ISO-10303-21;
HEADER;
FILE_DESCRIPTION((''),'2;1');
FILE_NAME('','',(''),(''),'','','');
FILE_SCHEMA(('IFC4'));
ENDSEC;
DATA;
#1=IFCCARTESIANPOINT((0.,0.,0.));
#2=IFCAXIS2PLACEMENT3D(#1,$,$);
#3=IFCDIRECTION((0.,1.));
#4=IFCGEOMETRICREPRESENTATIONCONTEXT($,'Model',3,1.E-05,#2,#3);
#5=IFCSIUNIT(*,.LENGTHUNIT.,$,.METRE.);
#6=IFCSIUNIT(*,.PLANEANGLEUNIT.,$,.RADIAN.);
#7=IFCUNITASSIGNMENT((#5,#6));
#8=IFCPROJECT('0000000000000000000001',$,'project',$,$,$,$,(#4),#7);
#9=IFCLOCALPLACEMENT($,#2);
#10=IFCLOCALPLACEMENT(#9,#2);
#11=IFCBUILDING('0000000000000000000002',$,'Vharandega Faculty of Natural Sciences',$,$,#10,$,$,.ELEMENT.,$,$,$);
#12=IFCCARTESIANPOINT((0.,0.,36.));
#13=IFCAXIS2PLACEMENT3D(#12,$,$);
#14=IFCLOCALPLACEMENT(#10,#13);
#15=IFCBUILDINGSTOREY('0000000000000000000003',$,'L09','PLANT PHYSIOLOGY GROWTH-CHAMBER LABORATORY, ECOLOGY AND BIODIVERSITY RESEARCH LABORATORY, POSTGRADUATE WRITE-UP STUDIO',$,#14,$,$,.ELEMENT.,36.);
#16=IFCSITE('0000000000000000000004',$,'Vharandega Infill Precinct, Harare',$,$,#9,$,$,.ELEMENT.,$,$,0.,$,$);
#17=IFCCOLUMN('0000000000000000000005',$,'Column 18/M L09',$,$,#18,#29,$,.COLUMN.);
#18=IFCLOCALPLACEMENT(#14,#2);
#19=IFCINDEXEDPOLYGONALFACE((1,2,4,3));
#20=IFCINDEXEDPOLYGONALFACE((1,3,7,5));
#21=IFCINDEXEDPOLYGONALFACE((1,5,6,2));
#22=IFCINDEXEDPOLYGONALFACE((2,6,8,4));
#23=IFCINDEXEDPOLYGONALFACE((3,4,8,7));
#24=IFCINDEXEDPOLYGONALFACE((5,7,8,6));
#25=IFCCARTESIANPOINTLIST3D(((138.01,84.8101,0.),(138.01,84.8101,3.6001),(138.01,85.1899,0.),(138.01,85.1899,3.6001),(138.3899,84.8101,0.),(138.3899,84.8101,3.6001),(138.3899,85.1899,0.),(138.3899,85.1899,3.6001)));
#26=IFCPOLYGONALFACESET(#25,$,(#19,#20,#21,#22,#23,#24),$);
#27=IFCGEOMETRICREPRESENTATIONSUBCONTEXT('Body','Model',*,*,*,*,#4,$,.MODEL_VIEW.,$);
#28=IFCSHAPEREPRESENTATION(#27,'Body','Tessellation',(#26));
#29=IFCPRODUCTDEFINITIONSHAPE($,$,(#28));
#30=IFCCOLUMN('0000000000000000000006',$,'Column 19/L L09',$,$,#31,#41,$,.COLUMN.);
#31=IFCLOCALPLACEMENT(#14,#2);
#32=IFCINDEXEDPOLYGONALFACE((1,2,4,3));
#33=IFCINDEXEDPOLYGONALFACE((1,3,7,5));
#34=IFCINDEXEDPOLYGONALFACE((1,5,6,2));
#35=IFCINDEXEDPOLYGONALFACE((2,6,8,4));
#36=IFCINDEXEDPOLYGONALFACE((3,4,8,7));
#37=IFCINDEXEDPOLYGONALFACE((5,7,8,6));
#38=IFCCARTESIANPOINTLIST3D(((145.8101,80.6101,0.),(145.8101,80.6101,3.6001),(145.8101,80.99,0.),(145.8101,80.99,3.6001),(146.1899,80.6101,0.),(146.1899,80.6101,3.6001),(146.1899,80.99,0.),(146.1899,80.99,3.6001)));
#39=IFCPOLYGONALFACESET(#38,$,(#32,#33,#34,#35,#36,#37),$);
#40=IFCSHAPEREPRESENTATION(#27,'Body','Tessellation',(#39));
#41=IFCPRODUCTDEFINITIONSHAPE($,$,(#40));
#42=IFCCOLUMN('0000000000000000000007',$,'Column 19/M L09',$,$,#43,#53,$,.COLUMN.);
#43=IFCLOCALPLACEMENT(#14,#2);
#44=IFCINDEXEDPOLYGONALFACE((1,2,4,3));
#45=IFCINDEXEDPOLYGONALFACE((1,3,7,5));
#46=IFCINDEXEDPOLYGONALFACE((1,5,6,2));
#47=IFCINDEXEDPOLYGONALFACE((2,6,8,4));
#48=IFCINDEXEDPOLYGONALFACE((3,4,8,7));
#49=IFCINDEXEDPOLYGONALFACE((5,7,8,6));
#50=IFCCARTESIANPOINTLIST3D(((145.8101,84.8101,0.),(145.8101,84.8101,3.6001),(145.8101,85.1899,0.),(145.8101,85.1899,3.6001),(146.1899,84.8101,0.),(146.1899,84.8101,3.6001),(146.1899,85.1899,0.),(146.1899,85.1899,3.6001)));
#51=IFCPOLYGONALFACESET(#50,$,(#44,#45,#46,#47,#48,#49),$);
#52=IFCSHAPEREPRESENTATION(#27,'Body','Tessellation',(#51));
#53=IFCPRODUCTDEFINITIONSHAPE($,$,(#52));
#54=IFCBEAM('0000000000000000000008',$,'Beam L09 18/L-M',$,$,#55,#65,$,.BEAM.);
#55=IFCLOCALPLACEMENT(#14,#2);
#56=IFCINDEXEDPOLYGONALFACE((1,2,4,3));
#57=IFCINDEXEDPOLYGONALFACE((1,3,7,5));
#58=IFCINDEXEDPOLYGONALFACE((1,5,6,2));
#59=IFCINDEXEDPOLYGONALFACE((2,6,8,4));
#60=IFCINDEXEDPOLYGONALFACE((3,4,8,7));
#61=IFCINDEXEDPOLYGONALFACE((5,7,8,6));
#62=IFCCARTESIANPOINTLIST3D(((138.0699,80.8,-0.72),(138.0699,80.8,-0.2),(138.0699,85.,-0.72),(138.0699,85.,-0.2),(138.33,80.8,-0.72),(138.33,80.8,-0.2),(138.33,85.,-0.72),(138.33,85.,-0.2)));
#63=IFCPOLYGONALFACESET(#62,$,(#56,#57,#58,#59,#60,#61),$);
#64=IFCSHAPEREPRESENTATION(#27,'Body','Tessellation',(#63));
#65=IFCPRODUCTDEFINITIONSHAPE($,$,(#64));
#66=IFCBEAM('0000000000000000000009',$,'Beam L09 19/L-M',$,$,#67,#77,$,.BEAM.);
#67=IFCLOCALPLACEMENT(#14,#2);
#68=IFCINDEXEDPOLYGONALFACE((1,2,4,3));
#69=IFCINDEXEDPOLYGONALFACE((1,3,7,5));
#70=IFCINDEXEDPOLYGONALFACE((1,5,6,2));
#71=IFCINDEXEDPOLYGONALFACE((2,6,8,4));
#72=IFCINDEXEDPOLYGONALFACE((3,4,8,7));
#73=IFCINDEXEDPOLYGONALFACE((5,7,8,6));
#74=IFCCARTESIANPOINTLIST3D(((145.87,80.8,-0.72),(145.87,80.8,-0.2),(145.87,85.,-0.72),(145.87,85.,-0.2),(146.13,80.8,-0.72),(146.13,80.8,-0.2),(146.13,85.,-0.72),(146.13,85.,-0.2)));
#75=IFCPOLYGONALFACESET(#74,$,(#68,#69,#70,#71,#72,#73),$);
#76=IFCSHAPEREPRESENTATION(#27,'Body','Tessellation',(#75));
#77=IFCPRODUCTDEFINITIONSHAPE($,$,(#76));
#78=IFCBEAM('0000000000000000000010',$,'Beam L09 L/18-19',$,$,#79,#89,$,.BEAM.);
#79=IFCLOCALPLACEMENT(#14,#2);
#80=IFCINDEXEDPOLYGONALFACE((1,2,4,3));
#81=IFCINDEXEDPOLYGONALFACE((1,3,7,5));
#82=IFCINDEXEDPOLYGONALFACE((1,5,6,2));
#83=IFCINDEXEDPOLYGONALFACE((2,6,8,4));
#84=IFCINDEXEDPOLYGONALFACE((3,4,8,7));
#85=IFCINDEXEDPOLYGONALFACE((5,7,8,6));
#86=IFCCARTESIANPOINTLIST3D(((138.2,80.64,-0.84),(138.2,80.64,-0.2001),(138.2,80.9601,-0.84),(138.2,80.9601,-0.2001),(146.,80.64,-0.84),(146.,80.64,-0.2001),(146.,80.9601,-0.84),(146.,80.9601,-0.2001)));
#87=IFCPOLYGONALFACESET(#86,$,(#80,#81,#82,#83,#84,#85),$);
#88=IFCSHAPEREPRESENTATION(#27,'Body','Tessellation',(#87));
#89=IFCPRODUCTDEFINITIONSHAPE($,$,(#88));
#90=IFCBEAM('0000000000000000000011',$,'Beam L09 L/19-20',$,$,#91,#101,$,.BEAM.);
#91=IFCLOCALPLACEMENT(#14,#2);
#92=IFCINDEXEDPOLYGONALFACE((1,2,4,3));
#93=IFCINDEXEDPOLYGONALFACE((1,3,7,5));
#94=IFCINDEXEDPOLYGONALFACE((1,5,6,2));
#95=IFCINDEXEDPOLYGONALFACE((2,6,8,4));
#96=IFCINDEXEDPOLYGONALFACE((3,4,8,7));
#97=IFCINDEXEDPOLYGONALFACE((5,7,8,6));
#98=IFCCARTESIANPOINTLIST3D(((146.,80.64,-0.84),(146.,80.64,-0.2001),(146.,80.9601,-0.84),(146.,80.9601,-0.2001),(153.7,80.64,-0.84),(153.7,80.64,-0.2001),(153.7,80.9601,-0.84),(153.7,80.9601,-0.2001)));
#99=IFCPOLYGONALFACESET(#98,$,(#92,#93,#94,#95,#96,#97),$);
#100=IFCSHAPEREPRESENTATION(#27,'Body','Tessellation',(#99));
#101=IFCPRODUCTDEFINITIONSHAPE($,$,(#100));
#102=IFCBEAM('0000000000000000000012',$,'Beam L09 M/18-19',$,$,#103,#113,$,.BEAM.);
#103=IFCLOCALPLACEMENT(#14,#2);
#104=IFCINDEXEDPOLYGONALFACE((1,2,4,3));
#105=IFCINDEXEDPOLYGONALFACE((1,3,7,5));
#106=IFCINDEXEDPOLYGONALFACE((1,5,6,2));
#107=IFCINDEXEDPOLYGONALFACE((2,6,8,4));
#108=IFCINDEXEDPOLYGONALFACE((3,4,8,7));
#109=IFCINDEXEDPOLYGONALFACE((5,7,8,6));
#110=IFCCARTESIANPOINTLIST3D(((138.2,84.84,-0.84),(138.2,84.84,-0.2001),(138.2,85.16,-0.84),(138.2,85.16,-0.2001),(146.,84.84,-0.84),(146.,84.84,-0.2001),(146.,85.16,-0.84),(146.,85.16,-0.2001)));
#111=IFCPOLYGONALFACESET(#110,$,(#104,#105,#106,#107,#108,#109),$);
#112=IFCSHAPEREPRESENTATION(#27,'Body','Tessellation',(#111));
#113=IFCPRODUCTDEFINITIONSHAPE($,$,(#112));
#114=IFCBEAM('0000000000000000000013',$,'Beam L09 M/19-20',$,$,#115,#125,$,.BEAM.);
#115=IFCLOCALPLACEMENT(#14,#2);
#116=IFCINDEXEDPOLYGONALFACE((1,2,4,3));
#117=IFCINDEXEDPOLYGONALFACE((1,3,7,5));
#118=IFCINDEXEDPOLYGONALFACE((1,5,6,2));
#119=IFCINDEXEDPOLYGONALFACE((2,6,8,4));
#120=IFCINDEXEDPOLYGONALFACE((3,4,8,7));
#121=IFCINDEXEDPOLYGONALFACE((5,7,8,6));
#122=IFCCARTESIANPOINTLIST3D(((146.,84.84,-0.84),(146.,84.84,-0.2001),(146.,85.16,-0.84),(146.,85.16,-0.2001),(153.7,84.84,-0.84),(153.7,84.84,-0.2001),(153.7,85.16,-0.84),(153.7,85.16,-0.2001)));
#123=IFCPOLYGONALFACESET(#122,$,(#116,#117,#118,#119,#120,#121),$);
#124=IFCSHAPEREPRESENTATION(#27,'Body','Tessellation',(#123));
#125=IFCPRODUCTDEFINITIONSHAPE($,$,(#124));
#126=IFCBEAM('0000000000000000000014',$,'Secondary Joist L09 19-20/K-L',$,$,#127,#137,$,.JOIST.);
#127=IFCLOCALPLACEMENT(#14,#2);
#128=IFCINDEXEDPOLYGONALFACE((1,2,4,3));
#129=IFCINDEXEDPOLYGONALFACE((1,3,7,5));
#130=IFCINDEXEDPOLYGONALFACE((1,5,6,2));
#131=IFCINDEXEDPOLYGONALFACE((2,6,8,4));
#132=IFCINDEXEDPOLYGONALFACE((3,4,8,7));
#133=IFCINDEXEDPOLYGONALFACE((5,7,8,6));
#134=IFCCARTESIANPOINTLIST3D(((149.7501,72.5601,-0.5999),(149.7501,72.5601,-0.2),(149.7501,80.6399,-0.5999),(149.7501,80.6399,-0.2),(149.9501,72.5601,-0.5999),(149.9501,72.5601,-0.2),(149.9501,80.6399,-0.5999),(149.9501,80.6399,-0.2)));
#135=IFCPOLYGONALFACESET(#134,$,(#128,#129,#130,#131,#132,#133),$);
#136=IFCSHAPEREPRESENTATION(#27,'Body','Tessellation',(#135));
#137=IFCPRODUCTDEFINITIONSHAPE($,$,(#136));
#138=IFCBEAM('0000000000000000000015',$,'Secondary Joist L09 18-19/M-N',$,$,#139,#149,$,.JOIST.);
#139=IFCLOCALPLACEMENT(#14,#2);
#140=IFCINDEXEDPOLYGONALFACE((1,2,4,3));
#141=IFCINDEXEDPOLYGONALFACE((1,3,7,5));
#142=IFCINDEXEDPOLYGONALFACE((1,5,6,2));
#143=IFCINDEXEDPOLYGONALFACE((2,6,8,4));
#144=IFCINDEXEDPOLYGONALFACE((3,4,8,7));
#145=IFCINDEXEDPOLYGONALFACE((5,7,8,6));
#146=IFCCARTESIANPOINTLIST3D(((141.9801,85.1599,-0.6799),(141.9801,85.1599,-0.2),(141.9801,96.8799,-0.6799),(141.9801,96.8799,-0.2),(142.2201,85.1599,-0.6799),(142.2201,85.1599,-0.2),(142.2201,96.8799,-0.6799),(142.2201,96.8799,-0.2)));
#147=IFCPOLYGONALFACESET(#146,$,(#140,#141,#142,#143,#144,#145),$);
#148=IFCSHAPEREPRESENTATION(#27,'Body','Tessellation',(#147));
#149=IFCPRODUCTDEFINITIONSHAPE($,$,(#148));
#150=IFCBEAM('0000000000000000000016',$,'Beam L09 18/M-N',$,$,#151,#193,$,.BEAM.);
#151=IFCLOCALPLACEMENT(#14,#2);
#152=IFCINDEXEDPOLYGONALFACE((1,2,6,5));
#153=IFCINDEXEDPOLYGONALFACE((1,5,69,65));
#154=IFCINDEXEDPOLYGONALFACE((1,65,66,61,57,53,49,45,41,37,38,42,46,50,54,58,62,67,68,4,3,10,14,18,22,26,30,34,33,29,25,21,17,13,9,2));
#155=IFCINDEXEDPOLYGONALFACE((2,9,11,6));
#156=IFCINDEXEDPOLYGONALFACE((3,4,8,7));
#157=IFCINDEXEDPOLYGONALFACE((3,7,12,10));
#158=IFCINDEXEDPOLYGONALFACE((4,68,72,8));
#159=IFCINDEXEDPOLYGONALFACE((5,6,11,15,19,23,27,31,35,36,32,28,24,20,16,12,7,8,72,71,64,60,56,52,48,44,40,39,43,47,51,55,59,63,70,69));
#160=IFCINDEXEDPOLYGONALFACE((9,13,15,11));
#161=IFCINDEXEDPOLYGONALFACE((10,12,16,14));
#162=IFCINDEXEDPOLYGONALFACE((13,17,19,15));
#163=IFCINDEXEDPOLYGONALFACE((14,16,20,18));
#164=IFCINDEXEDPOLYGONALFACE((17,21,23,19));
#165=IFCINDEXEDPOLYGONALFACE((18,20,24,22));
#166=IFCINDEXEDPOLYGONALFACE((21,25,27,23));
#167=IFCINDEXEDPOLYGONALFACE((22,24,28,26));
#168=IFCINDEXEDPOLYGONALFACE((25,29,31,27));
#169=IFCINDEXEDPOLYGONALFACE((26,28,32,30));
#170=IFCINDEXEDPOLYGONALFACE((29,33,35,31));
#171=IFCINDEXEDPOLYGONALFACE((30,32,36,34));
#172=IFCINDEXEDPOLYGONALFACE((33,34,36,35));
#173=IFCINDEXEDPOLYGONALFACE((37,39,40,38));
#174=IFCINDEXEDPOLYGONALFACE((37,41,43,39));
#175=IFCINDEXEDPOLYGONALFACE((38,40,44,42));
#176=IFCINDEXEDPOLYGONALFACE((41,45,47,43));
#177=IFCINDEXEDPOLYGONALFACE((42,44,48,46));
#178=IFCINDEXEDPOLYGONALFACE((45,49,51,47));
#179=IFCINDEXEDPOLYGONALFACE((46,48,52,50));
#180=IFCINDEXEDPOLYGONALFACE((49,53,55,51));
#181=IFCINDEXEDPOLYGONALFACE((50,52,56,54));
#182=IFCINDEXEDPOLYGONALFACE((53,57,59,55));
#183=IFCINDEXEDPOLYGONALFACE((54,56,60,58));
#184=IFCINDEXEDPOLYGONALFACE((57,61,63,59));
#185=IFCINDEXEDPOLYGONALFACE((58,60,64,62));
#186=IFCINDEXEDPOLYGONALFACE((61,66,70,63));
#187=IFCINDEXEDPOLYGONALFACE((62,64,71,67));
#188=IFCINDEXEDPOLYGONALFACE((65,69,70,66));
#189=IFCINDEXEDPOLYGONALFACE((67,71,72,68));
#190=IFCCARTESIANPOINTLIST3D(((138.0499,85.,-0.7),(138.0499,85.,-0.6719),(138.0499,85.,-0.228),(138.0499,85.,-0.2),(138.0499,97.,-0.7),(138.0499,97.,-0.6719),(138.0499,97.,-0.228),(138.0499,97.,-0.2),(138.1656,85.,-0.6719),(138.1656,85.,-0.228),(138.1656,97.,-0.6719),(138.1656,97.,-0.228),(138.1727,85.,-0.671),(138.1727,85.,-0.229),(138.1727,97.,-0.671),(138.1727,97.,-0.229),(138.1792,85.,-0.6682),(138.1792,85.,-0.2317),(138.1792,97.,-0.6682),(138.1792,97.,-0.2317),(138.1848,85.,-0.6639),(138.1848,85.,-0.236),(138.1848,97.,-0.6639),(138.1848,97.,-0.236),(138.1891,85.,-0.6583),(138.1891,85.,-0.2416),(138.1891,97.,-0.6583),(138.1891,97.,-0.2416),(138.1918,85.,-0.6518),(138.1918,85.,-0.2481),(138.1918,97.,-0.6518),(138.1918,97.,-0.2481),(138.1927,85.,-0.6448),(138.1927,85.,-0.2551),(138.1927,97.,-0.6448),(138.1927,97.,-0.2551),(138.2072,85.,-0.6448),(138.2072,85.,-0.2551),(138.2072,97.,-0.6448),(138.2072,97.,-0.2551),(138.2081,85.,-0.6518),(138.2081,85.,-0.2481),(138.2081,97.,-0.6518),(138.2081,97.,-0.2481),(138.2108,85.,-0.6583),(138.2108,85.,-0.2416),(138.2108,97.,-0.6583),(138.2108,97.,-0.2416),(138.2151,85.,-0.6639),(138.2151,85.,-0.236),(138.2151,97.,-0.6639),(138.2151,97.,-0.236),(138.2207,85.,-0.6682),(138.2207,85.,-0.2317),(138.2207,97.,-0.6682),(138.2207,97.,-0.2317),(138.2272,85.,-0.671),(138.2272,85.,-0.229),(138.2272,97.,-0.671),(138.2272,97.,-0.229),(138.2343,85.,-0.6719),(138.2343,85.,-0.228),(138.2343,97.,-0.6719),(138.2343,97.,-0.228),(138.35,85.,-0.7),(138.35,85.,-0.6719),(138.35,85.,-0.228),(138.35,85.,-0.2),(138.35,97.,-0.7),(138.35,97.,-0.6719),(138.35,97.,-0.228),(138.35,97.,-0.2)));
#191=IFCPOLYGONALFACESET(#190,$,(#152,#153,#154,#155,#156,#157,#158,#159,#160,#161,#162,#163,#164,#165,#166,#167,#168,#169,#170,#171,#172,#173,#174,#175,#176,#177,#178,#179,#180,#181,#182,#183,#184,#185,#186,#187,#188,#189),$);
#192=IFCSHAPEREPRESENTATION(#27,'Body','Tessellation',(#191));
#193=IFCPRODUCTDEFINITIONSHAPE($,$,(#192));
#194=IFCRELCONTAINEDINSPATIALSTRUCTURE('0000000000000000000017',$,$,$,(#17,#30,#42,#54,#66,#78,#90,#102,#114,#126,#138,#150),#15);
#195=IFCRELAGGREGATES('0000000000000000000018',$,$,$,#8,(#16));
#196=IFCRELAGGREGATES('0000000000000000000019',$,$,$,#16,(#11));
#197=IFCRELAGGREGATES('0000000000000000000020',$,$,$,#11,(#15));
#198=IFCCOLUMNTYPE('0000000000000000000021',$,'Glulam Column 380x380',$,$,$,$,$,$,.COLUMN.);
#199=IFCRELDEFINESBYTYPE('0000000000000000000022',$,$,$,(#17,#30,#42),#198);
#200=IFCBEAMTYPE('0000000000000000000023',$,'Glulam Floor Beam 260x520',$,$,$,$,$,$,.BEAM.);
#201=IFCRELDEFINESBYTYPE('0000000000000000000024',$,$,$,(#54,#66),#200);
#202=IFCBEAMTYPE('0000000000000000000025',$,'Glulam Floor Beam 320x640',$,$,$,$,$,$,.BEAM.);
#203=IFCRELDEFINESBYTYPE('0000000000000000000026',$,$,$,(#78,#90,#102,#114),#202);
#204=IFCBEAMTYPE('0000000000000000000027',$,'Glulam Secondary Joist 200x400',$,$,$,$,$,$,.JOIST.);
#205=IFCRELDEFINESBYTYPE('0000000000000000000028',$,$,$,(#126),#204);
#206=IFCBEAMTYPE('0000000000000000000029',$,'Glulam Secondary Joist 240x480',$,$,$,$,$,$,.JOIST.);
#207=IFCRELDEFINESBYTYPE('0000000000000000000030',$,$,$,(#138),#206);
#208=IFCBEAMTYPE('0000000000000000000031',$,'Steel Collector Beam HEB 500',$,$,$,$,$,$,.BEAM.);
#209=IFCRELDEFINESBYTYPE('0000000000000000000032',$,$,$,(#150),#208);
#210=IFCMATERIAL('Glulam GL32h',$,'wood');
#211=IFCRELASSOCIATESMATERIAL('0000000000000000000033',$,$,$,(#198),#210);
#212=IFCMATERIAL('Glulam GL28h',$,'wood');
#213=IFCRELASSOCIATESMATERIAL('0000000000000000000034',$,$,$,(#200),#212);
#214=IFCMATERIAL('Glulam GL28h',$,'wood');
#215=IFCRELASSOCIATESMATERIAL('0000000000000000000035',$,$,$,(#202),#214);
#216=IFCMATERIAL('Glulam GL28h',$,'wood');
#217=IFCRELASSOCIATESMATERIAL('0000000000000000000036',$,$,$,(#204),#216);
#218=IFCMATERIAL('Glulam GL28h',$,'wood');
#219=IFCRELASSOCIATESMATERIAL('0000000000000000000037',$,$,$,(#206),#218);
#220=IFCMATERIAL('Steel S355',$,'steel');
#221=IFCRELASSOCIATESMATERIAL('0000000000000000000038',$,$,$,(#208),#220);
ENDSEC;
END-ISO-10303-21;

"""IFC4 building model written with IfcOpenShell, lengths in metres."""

from ifc_helpers import new_model, si_unit, direction, frame, origin, origin_2d, place, context, subcontext, project, spatial, rectangle, i_section, extrude, material, material_profile, profile_set, type_object, element, save


model = new_model("IFC4")

# Units and contexts
model_context = context("Model", 3, precision=1e-05, world=origin(), true_north=direction((0.0, 1.0)))
body_context = subcontext(model_context, "Body", "Model", "MODEL_VIEW")
ifc_project = project(units=[si_unit("LENGTHUNIT", "METRE"), si_unit("PLANEANGLEUNIT", "RADIAN")], contexts=[model_context])

# Site, building, storey
site_placement = place(None, origin())
site = spatial("IfcSite", under=ifc_project, at=site_placement, Name="Vharandega Infill Precinct, Harare", CompositionType="ELEMENT", RefElevation=0.0)
building_placement = place(site_placement, origin())
building = spatial("IfcBuilding", under=site, at=building_placement, Name="Vharandega Faculty of Natural Sciences", CompositionType="ELEMENT")
storey_placement = place(building_placement, frame((0.0, 0.0, 36.0)))
storey = spatial("IfcBuildingStorey", under=building, at=storey_placement, Name="L09", Description="PLANT PHYSIOLOGY GROWTH-CHAMBER LABORATORY, ECOLOGY AND BIODIVERSITY RESEARCH LABORATORY, POSTGRADUATE WRITE-UP STUDIO", CompositionType="ELEMENT", Elevation=36.0)

# Columns
ifc_material_1 = material(Name="Glulam GL32h", Category="wood")
ifc_material_profile_1 = material_profile(ifc_material_1, rectangle(XDim=0.3799, YDim=0.3799, at=origin_2d()), Name="GL32h 380x380")
ifc_profile_set_1 = profile_set([ifc_material_profile_1], Name="Glulam GL32h")
column_type = type_object("IfcColumnType", Name="Glulam Column 380x380", PredefinedType="COLUMN", material=ifc_profile_set_1)
for number, where, z_axis, x_axis, name in (
    (1, (138.2, 85.0, 0.0), (0.0, 0.0, 1.0), (1.0, 0.0, 0.0), "Column 18/M L09"),
    (2, (146.0, 80.8, 0.0), (0.0, 0.0, 1.0), (1.0, 0.0, 0.0), "Column 19/L L09"),
    (3, (146.0, 85.0, 0.0), (0.0, 0.0, 1.0), (1.0, 0.0, 0.0), "Column 19/M L09"),
):
    element("IfcColumn", number, at=place(storey_placement, frame(where, z_axis=z_axis, x_axis=x_axis)), inside=storey, type_object=column_type, Name=name, PredefinedType="COLUMN", context=body_context, shape_type="SweptSolid", body=[
        extrude(rectangle(XDim=0.3799, YDim=0.3799, at=origin_2d()), origin(), (0.0, 0.0, 1.0), 3.6001),
    ])

# Beams
ifc_material_2 = material(Name="Glulam GL28h", Category="wood")
ifc_material_profile_2 = material_profile(ifc_material_2, rectangle(XDim=0.26, YDim=0.52, at=origin_2d()), Name="GL28h 260x520")
ifc_profile_set_2 = profile_set([ifc_material_profile_2], Name="Glulam GL28h")
beam_type_1 = type_object("IfcBeamType", Name="Glulam Floor Beam 260x520", PredefinedType="BEAM", material=ifc_profile_set_2)
for number, where, z_axis, x_axis, name in (
    (4, (138.2, 80.8, -0.46), (0.0, 1.0, 0.0), (-1.0, 0.0, 0.0), "Beam L09 18/L-M"),
    (5, (146.0, 80.8, -0.46), (0.0, 1.0, 0.0), (-1.0, 0.0, 0.0), "Beam L09 19/L-M"),
):
    element("IfcBeam", number, at=place(storey_placement, frame(where, z_axis=z_axis, x_axis=x_axis)), inside=storey, type_object=beam_type_1, Name=name, PredefinedType="BEAM", context=body_context, shape_type="SweptSolid", body=[
        extrude(rectangle(XDim=0.26, YDim=0.52, at=origin_2d()), origin(), (0.0, 0.0, 1.0), 4.2),
    ])
ifc_material_3 = material(Name="Glulam GL28h", Category="wood")
ifc_material_profile_3 = material_profile(ifc_material_3, rectangle(XDim=0.3201, YDim=0.6399, at=origin_2d()), Name="GL28h 320x640")
ifc_profile_set_3 = profile_set([ifc_material_profile_3], Name="Glulam GL28h")
beam_type_2 = type_object("IfcBeamType", Name="Glulam Floor Beam 320x640", PredefinedType="BEAM", material=ifc_profile_set_3)
beam_1_placement = place(storey_placement, frame((138.2, 80.8, -0.52), z_axis=(1.0, 0.0, 0.0), x_axis=(0.0, 1.0, 0.0)))
element("IfcBeam", 6, at=beam_1_placement, inside=storey, type_object=beam_type_2, Name="Beam L09 L/18-19", PredefinedType="BEAM", context=body_context, shape_type="SweptSolid", body=[
    extrude(rectangle(XDim=0.3201, YDim=0.6399, at=origin_2d()), origin(), (0.0, 0.0, 1.0), 7.8),
])
beam_2_placement = place(storey_placement, frame((146.0, 80.8, -0.52), z_axis=(1.0, 0.0, 0.0), x_axis=(0.0, 1.0, 0.0)))
element("IfcBeam", 7, at=beam_2_placement, inside=storey, type_object=beam_type_2, Name="Beam L09 L/19-20", PredefinedType="BEAM", context=body_context, shape_type="SweptSolid", body=[
    extrude(rectangle(XDim=0.3201, YDim=0.6399, at=origin_2d()), origin(), (0.0, 0.0, 1.0), 7.7),
])
beam_3_placement = place(storey_placement, frame((138.2, 85.0, -0.52), z_axis=(1.0, 0.0, 0.0), x_axis=(0.0, 1.0, 0.0)))
element("IfcBeam", 8, at=beam_3_placement, inside=storey, type_object=beam_type_2, Name="Beam L09 M/18-19", PredefinedType="BEAM", context=body_context, shape_type="SweptSolid", body=[
    extrude(rectangle(XDim=0.3201, YDim=0.6399, at=origin_2d()), origin(), (0.0, 0.0, 1.0), 7.8),
])
beam_4_placement = place(storey_placement, frame((146.0, 85.0, -0.52), z_axis=(1.0, 0.0, 0.0), x_axis=(0.0, 1.0, 0.0)))
element("IfcBeam", 9, at=beam_4_placement, inside=storey, type_object=beam_type_2, Name="Beam L09 M/19-20", PredefinedType="BEAM", context=body_context, shape_type="SweptSolid", body=[
    extrude(rectangle(XDim=0.3201, YDim=0.6399, at=origin_2d()), origin(), (0.0, 0.0, 1.0), 7.7),
])
ifc_material_4 = material(Name="Glulam GL28h", Category="wood")
ifc_material_profile_4 = material_profile(ifc_material_4, rectangle(XDim=0.2, YDim=0.3999, at=origin_2d()), Name="GL28h 200x400")
ifc_profile_set_4 = profile_set([ifc_material_profile_4], Name="Glulam GL28h")
beam_type_3 = type_object("IfcBeamType", Name="Glulam Secondary Joist 200x400", PredefinedType="JOIST", material=ifc_profile_set_4)
beam_5_placement = place(storey_placement, frame((149.8501, 72.5601, -0.3999), z_axis=(0.0, 1.0, 0.0), x_axis=(-1.0, 0.0, 0.0)))
element("IfcBeam", 10, at=beam_5_placement, inside=storey, type_object=beam_type_3, Name="Secondary Joist L09 19-20/K-L", PredefinedType="JOIST", context=body_context, shape_type="SweptSolid", body=[
    extrude(rectangle(XDim=0.2, YDim=0.3999, at=origin_2d()), origin(), (0.0, 0.0, 1.0), 8.0798),
])
ifc_material_5 = material(Name="Glulam GL28h", Category="wood")
ifc_material_profile_5 = material_profile(ifc_material_5, rectangle(XDim=0.24, YDim=0.48, at=origin_2d()), Name="GL28h 240x480")
ifc_profile_set_5 = profile_set([ifc_material_profile_5], Name="Glulam GL28h")
beam_type_4 = type_object("IfcBeamType", Name="Glulam Secondary Joist 240x480", PredefinedType="JOIST", material=ifc_profile_set_5)
beam_6_placement = place(storey_placement, frame((142.1001, 85.1599, -0.4399), z_axis=(0.0, 1.0, 0.0), x_axis=(-1.0, 0.0, 0.0)))
element("IfcBeam", 11, at=beam_6_placement, inside=storey, type_object=beam_type_4, Name="Secondary Joist L09 18-19/M-N", PredefinedType="JOIST", context=body_context, shape_type="SweptSolid", body=[
    extrude(rectangle(XDim=0.24, YDim=0.48, at=origin_2d()), origin(), (0.0, 0.0, 1.0), 11.72),
])
ifc_material_6 = material(Name="Steel S355", Category="steel")
ifc_material_profile_6 = material_profile(ifc_material_6, i_section(OverallWidth=0.3, OverallDepth=0.5, WebThickness=0.0144, FlangeThickness=0.0281, FilletRadius=0.0271, at=origin_2d()), Name="HEB 500")
ifc_profile_set_6 = profile_set([ifc_material_profile_6], Name="Steel S355")
beam_type_5 = type_object("IfcBeamType", Name="Steel Collector Beam HEB 500", PredefinedType="BEAM", material=ifc_profile_set_6)
for number, where, z_axis, x_axis, name in (
    (12, (138.2, 85.0, -0.45), (0.0, 1.0, 0.0), (-1.0, 0.0, 0.0), "Beam L09 18/M-N"),
):
    element("IfcBeam", number, at=place(storey_placement, frame(where, z_axis=z_axis, x_axis=x_axis)), inside=storey, type_object=beam_type_5, Name=name, PredefinedType="BEAM", context=body_context, shape_type="SweptSolid", body=[
        extrude(i_section(OverallWidth=0.3, OverallDepth=0.5, WebThickness=0.0144, FlangeThickness=0.0281, FilletRadius=0.0271, at=origin_2d()), origin(), (0.0, 0.0, 1.0), 12.0),
    ])

save(model, "model.ifc")
